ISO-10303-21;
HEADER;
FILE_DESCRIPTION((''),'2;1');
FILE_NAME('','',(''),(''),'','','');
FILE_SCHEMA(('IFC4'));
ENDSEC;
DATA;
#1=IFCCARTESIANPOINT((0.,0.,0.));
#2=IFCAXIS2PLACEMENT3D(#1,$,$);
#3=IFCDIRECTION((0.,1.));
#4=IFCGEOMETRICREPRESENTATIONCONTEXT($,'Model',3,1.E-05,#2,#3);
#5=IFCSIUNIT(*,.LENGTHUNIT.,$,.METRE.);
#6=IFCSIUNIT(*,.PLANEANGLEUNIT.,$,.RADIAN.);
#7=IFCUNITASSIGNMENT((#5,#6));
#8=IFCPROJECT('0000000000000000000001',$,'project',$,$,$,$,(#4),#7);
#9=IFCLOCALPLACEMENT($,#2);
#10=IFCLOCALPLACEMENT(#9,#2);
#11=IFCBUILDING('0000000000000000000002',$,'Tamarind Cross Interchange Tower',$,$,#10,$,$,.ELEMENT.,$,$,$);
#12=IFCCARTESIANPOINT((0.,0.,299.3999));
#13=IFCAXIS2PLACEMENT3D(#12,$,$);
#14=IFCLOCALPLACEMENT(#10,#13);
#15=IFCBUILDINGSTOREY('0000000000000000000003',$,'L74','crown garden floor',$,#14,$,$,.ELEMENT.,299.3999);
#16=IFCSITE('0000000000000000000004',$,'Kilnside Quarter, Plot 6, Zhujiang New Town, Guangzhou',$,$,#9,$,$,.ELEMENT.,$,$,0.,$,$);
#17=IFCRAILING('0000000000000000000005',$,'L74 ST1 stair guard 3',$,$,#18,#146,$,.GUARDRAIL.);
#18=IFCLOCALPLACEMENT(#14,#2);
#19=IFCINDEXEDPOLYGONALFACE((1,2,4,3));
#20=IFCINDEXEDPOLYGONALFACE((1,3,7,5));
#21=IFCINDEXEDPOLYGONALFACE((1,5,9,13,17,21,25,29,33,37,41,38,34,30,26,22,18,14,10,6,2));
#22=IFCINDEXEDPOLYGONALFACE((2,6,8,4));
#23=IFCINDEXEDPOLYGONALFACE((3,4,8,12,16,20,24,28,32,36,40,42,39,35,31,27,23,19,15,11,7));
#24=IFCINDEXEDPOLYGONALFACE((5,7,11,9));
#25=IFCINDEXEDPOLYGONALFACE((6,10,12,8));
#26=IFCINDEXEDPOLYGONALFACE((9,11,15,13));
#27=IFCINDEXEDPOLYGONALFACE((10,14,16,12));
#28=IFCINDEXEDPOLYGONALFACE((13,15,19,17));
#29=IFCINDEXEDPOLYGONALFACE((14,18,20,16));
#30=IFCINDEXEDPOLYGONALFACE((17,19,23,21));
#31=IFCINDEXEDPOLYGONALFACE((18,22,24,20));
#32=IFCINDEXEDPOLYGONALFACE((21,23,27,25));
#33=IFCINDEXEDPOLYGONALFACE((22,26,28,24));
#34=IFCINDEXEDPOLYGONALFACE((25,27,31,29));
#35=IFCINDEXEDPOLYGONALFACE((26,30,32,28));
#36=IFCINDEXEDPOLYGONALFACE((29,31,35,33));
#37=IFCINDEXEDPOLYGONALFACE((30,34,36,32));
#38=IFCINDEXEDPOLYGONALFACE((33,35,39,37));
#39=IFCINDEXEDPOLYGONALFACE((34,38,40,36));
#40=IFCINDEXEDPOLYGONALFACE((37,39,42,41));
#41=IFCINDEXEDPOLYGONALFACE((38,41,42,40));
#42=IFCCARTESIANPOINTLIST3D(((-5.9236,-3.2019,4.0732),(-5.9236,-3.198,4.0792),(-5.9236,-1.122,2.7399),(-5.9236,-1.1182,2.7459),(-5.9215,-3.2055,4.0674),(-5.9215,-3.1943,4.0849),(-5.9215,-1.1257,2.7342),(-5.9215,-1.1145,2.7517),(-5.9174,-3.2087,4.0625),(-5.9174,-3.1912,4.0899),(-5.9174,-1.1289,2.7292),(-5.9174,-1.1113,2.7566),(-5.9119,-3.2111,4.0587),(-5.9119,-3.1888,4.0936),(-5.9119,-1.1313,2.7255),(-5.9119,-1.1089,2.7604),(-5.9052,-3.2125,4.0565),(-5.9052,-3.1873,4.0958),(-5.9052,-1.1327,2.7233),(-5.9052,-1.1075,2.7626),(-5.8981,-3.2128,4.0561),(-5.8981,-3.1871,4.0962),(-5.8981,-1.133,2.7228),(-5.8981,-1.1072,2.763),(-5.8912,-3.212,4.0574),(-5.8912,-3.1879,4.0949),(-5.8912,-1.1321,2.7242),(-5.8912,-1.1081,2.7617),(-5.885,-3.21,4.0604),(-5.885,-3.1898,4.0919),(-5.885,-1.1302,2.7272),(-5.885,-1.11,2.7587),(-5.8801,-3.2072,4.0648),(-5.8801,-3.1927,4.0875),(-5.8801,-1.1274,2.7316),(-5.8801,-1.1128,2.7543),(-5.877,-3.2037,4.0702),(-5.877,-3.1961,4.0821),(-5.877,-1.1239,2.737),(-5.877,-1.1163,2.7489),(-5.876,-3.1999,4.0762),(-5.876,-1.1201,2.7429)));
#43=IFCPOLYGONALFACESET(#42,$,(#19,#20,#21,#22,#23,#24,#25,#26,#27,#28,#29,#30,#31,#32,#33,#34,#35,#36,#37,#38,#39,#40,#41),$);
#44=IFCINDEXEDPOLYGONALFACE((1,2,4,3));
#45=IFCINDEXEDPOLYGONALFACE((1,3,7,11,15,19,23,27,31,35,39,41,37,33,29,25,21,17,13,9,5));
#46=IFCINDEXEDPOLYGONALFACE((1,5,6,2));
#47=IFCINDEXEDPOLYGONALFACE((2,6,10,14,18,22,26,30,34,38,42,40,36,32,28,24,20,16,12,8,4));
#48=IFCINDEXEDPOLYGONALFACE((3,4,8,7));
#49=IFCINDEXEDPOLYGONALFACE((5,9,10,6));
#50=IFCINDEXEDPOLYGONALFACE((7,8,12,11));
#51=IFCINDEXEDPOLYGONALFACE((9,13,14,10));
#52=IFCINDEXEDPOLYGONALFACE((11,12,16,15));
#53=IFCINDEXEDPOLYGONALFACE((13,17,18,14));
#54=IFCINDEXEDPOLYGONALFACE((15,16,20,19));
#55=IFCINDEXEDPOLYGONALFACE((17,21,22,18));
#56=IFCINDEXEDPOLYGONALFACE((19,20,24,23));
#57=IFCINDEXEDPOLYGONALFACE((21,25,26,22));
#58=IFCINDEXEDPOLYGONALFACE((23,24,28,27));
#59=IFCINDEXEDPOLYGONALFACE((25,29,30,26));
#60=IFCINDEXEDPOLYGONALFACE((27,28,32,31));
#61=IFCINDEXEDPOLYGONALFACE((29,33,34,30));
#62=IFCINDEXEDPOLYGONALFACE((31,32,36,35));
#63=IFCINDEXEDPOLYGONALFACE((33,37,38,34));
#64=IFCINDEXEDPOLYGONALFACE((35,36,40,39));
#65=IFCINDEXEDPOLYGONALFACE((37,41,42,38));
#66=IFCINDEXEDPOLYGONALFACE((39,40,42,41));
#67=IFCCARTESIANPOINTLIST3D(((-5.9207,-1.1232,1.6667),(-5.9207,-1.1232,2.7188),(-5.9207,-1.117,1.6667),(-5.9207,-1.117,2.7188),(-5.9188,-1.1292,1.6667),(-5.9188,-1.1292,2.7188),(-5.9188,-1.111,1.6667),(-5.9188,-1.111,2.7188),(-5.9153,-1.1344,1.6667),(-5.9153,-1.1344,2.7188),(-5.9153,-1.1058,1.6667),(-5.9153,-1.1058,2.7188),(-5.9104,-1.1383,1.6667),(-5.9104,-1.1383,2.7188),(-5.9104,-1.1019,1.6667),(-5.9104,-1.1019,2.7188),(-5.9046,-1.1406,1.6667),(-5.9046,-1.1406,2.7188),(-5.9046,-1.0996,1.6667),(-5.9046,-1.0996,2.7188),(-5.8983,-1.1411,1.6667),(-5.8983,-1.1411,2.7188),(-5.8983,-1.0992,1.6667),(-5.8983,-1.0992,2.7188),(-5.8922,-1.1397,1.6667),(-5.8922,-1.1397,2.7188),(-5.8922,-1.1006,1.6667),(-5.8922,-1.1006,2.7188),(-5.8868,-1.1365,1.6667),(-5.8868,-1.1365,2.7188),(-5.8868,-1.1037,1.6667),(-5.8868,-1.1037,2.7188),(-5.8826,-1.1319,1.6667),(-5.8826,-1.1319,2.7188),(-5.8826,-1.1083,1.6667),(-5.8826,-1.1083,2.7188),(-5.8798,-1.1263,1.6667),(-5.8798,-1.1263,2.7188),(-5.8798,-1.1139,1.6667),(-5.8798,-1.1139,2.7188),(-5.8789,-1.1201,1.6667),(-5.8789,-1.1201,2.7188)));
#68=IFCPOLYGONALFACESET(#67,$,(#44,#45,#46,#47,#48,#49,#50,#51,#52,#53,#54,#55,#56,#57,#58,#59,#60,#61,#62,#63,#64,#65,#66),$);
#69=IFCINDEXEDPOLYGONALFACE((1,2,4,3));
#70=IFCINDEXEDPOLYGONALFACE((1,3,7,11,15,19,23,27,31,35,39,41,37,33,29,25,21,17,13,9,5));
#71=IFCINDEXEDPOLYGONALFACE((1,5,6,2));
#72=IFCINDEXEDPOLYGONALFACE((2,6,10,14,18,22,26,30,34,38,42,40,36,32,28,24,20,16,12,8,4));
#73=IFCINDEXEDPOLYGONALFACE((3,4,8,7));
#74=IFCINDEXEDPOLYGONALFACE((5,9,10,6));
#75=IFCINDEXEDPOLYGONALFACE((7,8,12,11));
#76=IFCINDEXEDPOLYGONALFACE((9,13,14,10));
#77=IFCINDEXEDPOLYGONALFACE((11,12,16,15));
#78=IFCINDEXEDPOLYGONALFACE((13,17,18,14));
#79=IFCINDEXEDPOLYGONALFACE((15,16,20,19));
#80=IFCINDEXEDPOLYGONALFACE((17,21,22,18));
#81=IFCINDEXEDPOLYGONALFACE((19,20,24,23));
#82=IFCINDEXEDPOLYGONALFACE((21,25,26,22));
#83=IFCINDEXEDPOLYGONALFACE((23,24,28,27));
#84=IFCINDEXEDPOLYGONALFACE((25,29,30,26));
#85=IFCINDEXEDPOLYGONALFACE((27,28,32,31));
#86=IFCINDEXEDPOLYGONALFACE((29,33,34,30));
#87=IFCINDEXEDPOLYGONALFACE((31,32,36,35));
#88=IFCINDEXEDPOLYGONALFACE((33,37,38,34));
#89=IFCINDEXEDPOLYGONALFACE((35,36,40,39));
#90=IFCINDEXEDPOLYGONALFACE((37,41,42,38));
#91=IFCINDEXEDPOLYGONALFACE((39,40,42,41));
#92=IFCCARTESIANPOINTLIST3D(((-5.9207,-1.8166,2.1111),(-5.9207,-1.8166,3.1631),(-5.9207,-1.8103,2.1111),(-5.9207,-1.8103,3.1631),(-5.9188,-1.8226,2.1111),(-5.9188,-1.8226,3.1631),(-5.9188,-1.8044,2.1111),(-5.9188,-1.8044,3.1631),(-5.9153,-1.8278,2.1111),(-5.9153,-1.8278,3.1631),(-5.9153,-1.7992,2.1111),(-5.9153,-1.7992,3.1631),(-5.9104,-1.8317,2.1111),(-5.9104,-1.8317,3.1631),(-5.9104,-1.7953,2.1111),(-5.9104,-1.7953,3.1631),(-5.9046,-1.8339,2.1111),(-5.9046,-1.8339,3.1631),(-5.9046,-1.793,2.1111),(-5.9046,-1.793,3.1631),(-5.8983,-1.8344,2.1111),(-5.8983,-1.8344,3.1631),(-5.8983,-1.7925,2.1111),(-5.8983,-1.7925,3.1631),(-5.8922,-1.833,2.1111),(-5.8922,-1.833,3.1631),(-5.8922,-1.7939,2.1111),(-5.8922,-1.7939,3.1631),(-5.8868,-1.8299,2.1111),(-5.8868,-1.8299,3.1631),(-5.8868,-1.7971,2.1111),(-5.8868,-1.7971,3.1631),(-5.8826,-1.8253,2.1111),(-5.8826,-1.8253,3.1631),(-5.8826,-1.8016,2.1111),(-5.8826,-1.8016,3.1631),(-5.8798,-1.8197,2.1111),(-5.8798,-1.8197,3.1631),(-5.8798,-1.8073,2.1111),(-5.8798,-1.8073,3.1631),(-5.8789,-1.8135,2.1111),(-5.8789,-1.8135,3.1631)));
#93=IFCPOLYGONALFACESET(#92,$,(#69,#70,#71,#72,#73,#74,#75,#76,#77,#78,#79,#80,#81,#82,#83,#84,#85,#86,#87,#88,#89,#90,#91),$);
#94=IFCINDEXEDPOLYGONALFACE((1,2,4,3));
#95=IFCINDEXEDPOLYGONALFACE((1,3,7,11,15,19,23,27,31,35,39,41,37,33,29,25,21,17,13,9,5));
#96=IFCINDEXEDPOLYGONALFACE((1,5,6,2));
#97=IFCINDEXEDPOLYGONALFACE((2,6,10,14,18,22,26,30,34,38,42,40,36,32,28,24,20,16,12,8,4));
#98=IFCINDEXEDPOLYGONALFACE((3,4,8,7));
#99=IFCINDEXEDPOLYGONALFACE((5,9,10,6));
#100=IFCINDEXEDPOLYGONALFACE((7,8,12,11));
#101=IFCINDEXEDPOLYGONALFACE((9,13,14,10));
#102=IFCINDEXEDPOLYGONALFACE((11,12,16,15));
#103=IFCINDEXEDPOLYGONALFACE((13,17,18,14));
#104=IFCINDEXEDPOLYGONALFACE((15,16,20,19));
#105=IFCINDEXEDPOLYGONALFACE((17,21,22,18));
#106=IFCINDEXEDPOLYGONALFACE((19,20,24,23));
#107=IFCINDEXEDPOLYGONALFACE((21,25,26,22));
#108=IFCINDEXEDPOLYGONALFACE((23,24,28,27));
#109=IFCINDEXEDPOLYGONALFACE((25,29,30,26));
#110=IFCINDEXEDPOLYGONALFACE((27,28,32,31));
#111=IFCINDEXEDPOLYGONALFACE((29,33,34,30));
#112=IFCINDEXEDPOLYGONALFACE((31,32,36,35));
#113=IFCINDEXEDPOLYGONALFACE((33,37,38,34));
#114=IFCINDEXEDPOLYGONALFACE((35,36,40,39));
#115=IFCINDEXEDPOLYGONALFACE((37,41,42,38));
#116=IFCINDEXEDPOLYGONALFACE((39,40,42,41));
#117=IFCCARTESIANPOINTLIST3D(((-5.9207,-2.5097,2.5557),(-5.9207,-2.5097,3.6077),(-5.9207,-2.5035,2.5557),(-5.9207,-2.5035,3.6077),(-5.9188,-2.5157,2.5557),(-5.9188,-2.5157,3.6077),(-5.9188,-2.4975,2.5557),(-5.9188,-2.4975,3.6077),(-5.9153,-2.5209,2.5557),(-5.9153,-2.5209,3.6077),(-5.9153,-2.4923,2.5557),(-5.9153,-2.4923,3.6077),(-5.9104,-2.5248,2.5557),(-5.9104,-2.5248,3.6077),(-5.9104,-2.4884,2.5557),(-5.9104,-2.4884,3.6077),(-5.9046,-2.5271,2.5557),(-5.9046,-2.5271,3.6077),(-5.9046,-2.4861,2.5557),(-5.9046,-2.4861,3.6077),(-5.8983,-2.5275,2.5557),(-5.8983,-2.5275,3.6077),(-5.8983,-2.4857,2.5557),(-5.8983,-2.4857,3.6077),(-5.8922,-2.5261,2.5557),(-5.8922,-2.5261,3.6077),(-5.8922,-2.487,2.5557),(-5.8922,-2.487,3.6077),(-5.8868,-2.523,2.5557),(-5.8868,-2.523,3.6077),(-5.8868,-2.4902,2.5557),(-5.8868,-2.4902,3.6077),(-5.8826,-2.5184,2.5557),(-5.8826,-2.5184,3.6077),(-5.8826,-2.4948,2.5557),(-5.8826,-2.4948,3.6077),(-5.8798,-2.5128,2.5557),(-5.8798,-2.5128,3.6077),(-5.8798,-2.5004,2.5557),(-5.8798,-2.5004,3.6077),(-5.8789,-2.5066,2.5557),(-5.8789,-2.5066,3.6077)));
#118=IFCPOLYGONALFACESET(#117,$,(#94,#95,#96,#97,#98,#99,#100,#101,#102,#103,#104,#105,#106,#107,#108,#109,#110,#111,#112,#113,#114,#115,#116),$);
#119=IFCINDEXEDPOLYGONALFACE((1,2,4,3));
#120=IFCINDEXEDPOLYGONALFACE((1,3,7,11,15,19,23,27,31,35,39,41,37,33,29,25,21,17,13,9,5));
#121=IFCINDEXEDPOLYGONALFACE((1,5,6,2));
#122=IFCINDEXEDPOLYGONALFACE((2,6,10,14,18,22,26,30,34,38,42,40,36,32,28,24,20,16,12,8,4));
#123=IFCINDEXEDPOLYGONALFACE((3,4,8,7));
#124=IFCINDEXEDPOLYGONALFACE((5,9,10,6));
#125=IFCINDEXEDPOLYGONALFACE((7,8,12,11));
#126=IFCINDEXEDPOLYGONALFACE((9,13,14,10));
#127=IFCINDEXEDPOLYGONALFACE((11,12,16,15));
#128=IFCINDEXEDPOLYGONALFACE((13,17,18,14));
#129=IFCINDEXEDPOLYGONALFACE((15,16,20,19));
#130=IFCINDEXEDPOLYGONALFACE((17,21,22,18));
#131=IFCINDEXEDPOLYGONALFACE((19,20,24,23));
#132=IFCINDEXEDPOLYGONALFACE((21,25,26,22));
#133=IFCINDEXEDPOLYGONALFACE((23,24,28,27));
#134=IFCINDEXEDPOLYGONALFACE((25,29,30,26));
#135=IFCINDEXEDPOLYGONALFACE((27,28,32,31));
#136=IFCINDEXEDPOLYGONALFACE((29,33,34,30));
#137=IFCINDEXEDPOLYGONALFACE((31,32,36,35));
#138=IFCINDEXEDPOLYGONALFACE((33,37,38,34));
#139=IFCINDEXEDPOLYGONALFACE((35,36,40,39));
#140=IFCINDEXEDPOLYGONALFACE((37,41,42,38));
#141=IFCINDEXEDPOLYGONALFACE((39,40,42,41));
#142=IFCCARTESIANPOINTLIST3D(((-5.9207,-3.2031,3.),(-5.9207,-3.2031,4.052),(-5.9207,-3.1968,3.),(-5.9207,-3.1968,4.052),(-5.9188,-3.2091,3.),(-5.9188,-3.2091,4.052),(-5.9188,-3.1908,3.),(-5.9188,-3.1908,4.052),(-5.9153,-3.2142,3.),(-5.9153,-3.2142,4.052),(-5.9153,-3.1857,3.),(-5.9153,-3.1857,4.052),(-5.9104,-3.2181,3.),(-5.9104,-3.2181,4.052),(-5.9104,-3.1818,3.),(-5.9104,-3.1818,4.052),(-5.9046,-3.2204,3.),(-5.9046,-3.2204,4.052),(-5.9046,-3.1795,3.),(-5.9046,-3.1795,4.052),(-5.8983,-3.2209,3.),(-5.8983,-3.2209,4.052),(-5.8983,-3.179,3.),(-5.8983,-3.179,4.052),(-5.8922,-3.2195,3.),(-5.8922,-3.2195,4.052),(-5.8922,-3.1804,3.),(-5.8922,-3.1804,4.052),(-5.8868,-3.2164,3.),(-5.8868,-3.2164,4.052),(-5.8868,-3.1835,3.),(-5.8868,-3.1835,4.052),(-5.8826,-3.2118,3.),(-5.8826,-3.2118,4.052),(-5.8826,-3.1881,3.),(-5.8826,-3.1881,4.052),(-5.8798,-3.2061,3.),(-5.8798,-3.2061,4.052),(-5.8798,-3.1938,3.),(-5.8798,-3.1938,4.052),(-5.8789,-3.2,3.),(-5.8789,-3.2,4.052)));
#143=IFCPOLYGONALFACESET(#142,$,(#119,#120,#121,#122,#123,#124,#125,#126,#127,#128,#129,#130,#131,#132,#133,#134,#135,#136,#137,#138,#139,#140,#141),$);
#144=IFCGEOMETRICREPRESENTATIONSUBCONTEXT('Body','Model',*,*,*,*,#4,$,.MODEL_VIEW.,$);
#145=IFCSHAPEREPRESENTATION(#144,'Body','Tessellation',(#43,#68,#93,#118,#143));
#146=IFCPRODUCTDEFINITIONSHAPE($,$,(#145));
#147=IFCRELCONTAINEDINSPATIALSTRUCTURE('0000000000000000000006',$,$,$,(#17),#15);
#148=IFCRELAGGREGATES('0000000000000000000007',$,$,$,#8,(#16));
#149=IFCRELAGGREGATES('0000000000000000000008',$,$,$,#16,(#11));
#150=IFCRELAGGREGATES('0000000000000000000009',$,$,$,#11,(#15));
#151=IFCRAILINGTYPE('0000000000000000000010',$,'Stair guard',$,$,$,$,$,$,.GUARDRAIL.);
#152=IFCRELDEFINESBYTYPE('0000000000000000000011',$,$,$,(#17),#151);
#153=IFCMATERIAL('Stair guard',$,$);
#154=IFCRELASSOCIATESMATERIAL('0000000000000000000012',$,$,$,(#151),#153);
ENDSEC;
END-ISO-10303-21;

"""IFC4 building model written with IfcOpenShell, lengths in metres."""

from ifc_helpers import new_model, si_unit, direction, frame, origin, origin_2d, place, context, subcontext, project, spatial, circle, extrude, material, type_object, element, save


model = new_model("IFC4")

# Units and contexts
model_context = context("Model", 3, precision=1e-05, world=origin(), true_north=direction((0.0, 1.0)))
body_context = subcontext(model_context, "Body", "Model", "MODEL_VIEW")
ifc_project = project(units=[si_unit("LENGTHUNIT", "METRE"), si_unit("PLANEANGLEUNIT", "RADIAN")], contexts=[model_context])

# Site, building, storey
site_placement = place(None, origin())
site = spatial("IfcSite", under=ifc_project, at=site_placement, Name="Kilnside Quarter, Plot 6, Zhujiang New Town, Guangzhou", CompositionType="ELEMENT", RefElevation=0.0)
building_placement = place(site_placement, origin())
building = spatial("IfcBuilding", under=site, at=building_placement, Name="Tamarind Cross Interchange Tower", CompositionType="ELEMENT")
storey_placement = place(building_placement, frame((0.0, 0.0, 299.3999)))
storey = spatial("IfcBuildingStorey", under=building, at=storey_placement, Name="L74", Description="crown garden floor", CompositionType="ELEMENT", Elevation=299.3999)

# Railing
ifc_material_1 = material(Name="Stair guard")
railing_type_1 = type_object("IfcRailingType", Name="Stair guard", PredefinedType="GUARDRAIL", material=ifc_material_1)
railing_1_placement = place(storey_placement, frame((-5.8999, -1.1201, 1.6667)))
element("IfcRailing", 1, at=railing_1_placement, inside=storey, type_object=railing_type_1, Name="L74 ST1 stair guard 3", PredefinedType="GUARDRAIL", context=body_context, shape_type="SweptSolid", body=[
    extrude(circle(Radius=0.0239, at=origin_2d()), frame((0.0, 0.0, 1.0762), z_axis=(0.0, -0.841875, 0.539673), x_axis=(1.0, 0.0, 0.0)), (0.0, 0.0, 1.0), 2.4705),
    extrude(circle(Radius=0.021, at=origin_2d()), origin(), (0.0, 0.0, 1.0), 1.052),
    extrude(circle(Radius=0.021, at=origin_2d()), frame((0.0, -0.6934, 0.4443)), (0.0, 0.0, 1.0), 1.052),
    extrude(circle(Radius=0.021, at=origin_2d()), frame((0.0, -1.3865, 0.8889)), (0.0, 0.0, 1.0), 1.052),
    extrude(circle(Radius=0.021, at=origin_2d()), frame((0.0, -2.0798, 1.3333)), (0.0, 0.0, 1.0), 1.052),
])

save(model, "model.ifc")
